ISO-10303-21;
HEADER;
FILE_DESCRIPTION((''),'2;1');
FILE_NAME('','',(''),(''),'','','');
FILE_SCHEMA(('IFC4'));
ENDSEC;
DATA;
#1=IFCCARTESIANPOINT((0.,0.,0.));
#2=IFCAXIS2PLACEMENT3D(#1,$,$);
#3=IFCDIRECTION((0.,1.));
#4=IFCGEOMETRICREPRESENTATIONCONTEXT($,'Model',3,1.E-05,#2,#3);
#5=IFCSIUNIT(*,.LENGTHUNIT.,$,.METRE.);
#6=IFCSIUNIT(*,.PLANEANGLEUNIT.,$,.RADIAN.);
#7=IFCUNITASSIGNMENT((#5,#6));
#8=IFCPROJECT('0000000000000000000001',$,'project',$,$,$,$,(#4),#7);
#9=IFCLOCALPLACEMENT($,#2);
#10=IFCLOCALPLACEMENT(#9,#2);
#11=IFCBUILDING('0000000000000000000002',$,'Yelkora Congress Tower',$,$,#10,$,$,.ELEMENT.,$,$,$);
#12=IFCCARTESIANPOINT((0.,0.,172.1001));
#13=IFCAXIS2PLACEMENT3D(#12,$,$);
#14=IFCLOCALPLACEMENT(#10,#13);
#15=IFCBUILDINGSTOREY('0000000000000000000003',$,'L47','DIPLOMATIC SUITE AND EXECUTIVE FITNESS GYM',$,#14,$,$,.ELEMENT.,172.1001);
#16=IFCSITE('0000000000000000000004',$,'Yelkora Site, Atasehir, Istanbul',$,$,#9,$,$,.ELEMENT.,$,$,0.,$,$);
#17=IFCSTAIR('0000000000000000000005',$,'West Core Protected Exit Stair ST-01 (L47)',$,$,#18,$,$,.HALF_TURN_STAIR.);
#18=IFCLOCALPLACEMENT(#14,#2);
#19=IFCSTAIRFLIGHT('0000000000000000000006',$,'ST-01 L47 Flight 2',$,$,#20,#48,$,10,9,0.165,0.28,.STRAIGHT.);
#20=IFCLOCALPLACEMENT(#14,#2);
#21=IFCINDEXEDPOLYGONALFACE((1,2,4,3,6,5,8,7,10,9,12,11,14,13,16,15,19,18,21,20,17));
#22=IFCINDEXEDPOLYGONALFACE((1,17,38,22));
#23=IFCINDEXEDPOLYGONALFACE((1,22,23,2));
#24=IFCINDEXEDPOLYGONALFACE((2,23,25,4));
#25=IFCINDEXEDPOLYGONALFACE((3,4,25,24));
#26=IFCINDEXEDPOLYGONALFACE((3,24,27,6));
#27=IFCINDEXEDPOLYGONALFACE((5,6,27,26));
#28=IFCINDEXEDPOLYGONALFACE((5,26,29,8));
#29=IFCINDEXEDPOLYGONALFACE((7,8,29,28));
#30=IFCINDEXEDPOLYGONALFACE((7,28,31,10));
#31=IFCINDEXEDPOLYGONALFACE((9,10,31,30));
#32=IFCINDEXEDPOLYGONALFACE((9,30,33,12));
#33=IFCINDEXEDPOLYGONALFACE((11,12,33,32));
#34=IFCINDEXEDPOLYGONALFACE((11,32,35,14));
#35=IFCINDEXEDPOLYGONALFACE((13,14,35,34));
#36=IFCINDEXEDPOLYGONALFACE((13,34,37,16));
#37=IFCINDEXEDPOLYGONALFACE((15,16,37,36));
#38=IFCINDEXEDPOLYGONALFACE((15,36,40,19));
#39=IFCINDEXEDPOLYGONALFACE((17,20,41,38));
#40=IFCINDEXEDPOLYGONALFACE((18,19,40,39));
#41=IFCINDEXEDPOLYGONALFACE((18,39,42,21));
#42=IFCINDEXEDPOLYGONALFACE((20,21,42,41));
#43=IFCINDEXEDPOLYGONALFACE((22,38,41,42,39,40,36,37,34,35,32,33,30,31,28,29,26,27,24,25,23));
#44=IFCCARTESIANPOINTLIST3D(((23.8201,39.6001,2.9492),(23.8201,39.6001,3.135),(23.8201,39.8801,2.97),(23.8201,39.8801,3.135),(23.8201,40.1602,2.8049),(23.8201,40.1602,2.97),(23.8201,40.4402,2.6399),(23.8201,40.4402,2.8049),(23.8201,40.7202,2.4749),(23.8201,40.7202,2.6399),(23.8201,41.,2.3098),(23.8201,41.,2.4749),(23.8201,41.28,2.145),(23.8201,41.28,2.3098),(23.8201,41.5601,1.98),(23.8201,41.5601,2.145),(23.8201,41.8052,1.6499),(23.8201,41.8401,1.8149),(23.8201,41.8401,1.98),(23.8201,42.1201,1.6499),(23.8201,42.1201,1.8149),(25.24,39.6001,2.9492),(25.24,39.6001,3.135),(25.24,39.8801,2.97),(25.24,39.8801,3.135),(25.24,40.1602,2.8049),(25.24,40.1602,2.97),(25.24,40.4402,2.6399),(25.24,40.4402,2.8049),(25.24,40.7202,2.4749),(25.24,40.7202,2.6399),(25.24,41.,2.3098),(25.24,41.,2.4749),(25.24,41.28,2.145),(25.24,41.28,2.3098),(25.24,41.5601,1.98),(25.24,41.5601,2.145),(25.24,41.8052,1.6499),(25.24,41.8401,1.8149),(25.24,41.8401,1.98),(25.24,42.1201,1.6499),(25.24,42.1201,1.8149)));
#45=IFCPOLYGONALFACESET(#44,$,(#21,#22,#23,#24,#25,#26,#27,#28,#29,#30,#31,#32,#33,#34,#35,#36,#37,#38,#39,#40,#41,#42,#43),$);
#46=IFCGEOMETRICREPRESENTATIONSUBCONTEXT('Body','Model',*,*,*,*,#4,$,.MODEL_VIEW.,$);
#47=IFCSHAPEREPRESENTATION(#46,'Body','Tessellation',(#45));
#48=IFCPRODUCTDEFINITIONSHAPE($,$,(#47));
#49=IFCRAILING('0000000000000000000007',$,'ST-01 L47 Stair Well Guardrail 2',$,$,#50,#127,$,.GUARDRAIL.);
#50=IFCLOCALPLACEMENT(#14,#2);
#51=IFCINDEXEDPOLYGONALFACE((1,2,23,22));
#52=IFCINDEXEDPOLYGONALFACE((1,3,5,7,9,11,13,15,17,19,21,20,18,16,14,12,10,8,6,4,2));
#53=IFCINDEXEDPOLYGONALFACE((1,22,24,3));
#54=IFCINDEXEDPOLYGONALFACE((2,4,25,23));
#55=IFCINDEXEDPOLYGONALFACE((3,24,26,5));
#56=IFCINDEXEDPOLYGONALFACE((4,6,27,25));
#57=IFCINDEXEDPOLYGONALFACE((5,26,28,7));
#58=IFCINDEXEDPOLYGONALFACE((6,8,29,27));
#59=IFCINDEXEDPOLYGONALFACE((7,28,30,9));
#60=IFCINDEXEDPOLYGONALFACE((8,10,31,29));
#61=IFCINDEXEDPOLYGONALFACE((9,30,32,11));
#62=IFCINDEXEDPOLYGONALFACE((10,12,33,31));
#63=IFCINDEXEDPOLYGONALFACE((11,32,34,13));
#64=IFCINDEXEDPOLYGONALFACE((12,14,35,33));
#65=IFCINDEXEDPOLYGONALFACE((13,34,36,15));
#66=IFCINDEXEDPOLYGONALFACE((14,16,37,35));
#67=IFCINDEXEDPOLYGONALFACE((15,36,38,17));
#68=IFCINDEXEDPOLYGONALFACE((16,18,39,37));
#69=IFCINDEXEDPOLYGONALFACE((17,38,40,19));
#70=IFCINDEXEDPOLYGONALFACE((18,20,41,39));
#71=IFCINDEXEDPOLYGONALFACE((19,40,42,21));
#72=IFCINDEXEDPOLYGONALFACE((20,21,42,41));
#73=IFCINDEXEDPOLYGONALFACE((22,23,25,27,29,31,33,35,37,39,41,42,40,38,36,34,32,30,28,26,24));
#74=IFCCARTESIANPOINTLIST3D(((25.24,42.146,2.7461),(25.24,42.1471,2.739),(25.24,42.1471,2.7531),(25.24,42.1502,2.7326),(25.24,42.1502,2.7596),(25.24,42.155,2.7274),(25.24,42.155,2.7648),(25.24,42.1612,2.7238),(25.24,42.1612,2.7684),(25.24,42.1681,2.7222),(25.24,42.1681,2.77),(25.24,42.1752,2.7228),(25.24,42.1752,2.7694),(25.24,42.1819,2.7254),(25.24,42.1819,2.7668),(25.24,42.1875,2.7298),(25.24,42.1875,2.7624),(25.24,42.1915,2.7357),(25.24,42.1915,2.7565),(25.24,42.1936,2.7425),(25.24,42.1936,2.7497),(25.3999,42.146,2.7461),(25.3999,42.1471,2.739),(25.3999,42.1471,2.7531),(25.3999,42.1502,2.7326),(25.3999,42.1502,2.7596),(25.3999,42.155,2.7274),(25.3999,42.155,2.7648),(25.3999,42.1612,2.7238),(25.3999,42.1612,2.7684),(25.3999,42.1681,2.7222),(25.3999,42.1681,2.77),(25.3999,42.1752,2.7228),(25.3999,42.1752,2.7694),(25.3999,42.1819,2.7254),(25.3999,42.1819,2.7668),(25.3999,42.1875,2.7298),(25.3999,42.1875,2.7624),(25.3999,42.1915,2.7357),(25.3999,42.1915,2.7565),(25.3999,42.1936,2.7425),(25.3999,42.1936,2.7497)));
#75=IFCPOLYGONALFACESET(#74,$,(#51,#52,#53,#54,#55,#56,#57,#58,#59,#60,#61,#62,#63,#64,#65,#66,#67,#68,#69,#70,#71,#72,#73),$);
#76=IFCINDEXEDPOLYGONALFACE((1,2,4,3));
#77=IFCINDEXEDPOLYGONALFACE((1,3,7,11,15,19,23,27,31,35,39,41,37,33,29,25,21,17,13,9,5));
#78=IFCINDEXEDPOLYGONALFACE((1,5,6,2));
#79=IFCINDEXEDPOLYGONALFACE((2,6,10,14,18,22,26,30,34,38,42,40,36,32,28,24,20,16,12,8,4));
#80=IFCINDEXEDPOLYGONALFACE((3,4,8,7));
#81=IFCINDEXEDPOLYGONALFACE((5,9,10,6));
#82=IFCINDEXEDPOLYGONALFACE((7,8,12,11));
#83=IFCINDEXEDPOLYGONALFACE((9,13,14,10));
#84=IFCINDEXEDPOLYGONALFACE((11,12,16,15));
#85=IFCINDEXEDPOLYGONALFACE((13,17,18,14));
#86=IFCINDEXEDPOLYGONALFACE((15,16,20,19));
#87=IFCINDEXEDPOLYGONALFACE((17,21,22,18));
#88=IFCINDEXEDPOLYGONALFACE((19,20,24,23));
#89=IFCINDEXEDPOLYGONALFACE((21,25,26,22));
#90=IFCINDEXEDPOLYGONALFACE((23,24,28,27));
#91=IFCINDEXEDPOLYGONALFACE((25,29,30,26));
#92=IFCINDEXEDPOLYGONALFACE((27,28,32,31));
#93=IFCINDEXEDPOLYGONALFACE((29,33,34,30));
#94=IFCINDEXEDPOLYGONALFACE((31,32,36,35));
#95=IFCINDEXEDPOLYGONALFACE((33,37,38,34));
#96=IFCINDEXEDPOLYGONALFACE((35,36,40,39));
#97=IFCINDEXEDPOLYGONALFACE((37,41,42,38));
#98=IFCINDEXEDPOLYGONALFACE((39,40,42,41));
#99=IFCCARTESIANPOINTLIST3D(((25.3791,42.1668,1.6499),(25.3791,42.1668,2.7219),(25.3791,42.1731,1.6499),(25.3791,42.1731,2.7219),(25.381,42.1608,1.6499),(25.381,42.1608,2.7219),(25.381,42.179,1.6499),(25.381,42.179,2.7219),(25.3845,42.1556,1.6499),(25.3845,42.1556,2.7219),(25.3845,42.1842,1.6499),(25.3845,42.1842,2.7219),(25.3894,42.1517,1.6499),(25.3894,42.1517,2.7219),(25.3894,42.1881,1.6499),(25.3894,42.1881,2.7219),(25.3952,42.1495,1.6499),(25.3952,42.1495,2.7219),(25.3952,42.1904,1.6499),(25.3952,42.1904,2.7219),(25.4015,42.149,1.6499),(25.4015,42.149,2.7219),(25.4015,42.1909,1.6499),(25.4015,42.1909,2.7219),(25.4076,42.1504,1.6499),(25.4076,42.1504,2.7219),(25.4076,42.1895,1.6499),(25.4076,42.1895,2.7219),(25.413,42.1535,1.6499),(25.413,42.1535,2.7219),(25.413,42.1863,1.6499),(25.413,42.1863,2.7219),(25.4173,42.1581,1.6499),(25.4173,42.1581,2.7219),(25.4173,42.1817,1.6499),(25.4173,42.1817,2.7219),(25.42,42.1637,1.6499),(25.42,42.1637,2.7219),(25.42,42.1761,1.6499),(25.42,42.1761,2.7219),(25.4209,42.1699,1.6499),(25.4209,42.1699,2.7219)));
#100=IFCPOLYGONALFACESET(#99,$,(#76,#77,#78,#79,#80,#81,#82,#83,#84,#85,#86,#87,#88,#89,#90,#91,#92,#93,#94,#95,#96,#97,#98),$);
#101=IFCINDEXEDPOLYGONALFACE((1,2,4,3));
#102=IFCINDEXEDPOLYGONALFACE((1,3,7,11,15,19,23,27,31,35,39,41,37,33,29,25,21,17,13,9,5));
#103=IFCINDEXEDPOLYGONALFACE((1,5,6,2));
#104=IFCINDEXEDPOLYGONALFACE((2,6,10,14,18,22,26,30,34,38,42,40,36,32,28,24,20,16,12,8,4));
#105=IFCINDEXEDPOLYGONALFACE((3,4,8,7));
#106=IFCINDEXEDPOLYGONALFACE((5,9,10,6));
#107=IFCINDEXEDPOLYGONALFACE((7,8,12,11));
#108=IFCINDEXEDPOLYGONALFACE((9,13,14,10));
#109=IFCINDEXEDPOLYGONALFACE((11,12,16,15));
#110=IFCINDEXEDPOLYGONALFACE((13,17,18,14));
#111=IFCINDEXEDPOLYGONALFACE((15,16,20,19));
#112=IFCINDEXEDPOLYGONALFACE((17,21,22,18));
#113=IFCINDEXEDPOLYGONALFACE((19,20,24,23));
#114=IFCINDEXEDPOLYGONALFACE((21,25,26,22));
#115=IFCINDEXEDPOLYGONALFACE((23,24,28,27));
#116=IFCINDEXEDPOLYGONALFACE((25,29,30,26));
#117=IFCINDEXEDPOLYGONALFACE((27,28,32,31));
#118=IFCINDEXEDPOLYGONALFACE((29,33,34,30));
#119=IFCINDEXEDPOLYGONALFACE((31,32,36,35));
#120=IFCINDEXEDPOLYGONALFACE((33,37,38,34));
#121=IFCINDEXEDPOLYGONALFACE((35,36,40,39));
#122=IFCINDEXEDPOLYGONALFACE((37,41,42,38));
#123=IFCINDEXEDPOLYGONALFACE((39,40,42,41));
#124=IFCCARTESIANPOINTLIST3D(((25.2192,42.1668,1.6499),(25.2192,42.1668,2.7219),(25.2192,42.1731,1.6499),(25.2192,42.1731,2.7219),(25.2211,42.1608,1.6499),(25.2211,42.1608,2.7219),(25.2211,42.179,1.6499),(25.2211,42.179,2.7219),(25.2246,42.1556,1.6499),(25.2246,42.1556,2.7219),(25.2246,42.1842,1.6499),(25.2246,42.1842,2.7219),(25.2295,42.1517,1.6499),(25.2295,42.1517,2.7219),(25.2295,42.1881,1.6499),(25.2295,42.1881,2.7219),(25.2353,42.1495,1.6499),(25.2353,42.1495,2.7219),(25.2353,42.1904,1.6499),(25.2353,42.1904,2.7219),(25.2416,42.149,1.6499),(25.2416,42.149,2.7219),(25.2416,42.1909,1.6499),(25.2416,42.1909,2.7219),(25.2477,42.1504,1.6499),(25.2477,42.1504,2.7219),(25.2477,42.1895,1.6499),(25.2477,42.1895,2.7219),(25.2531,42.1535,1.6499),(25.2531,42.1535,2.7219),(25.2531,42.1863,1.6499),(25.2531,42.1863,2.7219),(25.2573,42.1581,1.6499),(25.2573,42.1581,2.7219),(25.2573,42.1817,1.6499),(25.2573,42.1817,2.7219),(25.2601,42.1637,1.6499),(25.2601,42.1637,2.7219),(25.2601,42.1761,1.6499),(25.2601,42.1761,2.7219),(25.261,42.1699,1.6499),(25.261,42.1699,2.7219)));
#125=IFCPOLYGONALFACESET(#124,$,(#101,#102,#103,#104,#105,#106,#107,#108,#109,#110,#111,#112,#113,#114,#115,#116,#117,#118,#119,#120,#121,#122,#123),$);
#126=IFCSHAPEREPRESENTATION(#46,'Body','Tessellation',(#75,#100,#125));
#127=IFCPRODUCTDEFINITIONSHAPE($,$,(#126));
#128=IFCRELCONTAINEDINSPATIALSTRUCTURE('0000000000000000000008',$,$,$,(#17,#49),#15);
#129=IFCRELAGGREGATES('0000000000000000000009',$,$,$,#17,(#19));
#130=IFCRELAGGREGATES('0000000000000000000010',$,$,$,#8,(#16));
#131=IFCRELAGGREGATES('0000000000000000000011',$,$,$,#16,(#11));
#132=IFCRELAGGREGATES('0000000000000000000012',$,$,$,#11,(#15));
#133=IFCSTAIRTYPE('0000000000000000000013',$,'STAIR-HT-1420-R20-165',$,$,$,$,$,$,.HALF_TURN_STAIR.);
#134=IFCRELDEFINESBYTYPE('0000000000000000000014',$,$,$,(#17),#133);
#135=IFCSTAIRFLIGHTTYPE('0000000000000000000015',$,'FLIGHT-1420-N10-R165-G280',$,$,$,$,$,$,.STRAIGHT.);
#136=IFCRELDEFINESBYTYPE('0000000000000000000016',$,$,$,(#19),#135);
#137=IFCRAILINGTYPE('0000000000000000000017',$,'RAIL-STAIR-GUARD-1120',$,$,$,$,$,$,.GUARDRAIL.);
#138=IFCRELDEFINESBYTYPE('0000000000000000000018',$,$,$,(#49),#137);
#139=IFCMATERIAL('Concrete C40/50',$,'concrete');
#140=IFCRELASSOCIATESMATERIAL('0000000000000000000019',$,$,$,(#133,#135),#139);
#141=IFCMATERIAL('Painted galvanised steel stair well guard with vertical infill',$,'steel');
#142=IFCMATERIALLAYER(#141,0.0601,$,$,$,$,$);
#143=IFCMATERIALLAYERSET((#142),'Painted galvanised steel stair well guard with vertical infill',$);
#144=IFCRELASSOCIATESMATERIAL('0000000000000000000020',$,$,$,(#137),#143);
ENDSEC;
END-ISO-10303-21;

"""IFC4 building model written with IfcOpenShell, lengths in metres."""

from ifc_helpers import new_model, si_unit, direction, frame, origin, origin_2d, place, context, subcontext, project, spatial, polyline, circle, outline, extrude, material, layer, layer_set, type_object, element, aggregate, save


model = new_model("IFC4")

# Units and contexts
model_context = context("Model", 3, precision=1e-05, world=origin(), true_north=direction((0.0, 1.0)))
body_context = subcontext(model_context, "Body", "Model", "MODEL_VIEW")
ifc_project = project(units=[si_unit("LENGTHUNIT", "METRE"), si_unit("PLANEANGLEUNIT", "RADIAN")], contexts=[model_context])

# Site, building, storey
site_placement = place(None, origin())
site = spatial("IfcSite", under=ifc_project, at=site_placement, Name="Yelkora Site, Atasehir, Istanbul", CompositionType="ELEMENT", RefElevation=0.0)
building_placement = place(site_placement, origin())
building = spatial("IfcBuilding", under=site, at=building_placement, Name="Yelkora Congress Tower", CompositionType="ELEMENT")
storey_placement = place(building_placement, frame((0.0, 0.0, 172.1001)))
storey = spatial("IfcBuildingStorey", under=building, at=storey_placement, Name="L47", Description="DIPLOMATIC SUITE AND EXECUTIVE FITNESS GYM", CompositionType="ELEMENT", Elevation=172.1001)

# Stair, stair flight
ifc_material_1 = material(Name="Concrete C40/50", Category="concrete")
stair_type = type_object("IfcStairType", Name="STAIR-HT-1420-R20-165", PredefinedType="HALF_TURN_STAIR", material=ifc_material_1)
stair_placement = place(storey_placement, origin())
stair = element("IfcStair", 1, at=stair_placement, inside=storey, type_object=stair_type, Name="West Core Protected Exit Stair ST-01 (L47)", PredefinedType="HALF_TURN_STAIR")
stair_flight_type = type_object("IfcStairFlightType", Name="FLIGHT-1420-N10-R165-G280", PredefinedType="STRAIGHT", material=ifc_material_1)
stair_flight_placement = place(storey_placement, frame((24.53, 42.1201, 1.6499), z_axis=(0.0, 0.0, 1.0), x_axis=(0.0, -1.0, 0.0)))
stair_flight = element("IfcStairFlight", 2, at=stair_flight_placement, type_object=stair_flight_type, Name="ST-01 L47 Flight 2", NumberOfRisers=10, NumberOfTreads=9, PredefinedType="STRAIGHT", RiserHeight=0.165, TreadLength=0.28, context=body_context, shape_type="SweptSolid", body=[
    extrude(outline(polyline([(0.0, 0.0), (0.0, 0.165), (0.28, 0.165), (0.28, 0.3301), (0.5601, 0.3301), (0.5601, 0.4951), (0.8401, 0.4951), (0.8401, 0.6599), (1.1201, 0.6599), (1.1201, 0.825), (1.3999, 0.825), (1.3999, 0.99), (1.6799, 0.99), (1.6799, 1.155), (1.96, 1.155), (1.96, 1.3201), (2.24, 1.3201), (2.24, 1.4851), (2.52, 1.4851), (2.52, 1.6499), (2.52, 1.2993), (0.3149, 0.0), (0.0, 0.0)])), frame((0.0, 0.71, 0.0), z_axis=(0.0, -1.0, 0.0), x_axis=(1.0, 0.0, 0.0)), (0.0, 0.0, 1.0), 1.4199),
])
aggregate(stair, [stair_flight])

# Railing
ifc_material_2 = material(Name="Painted galvanised steel stair well guard with vertical infill", Category="steel")
ifc_layer_1 = layer(ifc_material_2, 0.0601)
ifc_layer_set_1 = layer_set([ifc_layer_1], Name="Painted galvanised steel stair well guard with vertical infill")
railing_type = type_object("IfcRailingType", Name="RAIL-STAIR-GUARD-1120", PredefinedType="GUARDRAIL", material=ifc_layer_set_1)
railing_1_placement = place(storey_placement, frame((25.3999, 42.1699, 1.6499)))
element("IfcRailing", 3, at=railing_1_placement, inside=storey, type_object=railing_type, Name="ST-01 L47 Stair Well Guardrail 2", PredefinedType="GUARDRAIL", context=body_context, shape_type="SweptSolid", body=[
    extrude(circle(Radius=0.0239, at=origin_2d()), frame((0.0, 0.0, 1.0962), z_axis=(-1.0, 0.0, 0.0), x_axis=(0.0, -1.0, 0.0)), (0.0, 0.0, 1.0), 0.1599),
    extrude(circle(Radius=0.021, at=origin_2d()), origin(), (0.0, 0.0, 1.0), 1.072),
    extrude(circle(Radius=0.021, at=origin_2d()), frame((-0.1599, 0.0, 0.0)), (0.0, 0.0, 1.0), 1.072),
])

save(model, "model.ifc")
